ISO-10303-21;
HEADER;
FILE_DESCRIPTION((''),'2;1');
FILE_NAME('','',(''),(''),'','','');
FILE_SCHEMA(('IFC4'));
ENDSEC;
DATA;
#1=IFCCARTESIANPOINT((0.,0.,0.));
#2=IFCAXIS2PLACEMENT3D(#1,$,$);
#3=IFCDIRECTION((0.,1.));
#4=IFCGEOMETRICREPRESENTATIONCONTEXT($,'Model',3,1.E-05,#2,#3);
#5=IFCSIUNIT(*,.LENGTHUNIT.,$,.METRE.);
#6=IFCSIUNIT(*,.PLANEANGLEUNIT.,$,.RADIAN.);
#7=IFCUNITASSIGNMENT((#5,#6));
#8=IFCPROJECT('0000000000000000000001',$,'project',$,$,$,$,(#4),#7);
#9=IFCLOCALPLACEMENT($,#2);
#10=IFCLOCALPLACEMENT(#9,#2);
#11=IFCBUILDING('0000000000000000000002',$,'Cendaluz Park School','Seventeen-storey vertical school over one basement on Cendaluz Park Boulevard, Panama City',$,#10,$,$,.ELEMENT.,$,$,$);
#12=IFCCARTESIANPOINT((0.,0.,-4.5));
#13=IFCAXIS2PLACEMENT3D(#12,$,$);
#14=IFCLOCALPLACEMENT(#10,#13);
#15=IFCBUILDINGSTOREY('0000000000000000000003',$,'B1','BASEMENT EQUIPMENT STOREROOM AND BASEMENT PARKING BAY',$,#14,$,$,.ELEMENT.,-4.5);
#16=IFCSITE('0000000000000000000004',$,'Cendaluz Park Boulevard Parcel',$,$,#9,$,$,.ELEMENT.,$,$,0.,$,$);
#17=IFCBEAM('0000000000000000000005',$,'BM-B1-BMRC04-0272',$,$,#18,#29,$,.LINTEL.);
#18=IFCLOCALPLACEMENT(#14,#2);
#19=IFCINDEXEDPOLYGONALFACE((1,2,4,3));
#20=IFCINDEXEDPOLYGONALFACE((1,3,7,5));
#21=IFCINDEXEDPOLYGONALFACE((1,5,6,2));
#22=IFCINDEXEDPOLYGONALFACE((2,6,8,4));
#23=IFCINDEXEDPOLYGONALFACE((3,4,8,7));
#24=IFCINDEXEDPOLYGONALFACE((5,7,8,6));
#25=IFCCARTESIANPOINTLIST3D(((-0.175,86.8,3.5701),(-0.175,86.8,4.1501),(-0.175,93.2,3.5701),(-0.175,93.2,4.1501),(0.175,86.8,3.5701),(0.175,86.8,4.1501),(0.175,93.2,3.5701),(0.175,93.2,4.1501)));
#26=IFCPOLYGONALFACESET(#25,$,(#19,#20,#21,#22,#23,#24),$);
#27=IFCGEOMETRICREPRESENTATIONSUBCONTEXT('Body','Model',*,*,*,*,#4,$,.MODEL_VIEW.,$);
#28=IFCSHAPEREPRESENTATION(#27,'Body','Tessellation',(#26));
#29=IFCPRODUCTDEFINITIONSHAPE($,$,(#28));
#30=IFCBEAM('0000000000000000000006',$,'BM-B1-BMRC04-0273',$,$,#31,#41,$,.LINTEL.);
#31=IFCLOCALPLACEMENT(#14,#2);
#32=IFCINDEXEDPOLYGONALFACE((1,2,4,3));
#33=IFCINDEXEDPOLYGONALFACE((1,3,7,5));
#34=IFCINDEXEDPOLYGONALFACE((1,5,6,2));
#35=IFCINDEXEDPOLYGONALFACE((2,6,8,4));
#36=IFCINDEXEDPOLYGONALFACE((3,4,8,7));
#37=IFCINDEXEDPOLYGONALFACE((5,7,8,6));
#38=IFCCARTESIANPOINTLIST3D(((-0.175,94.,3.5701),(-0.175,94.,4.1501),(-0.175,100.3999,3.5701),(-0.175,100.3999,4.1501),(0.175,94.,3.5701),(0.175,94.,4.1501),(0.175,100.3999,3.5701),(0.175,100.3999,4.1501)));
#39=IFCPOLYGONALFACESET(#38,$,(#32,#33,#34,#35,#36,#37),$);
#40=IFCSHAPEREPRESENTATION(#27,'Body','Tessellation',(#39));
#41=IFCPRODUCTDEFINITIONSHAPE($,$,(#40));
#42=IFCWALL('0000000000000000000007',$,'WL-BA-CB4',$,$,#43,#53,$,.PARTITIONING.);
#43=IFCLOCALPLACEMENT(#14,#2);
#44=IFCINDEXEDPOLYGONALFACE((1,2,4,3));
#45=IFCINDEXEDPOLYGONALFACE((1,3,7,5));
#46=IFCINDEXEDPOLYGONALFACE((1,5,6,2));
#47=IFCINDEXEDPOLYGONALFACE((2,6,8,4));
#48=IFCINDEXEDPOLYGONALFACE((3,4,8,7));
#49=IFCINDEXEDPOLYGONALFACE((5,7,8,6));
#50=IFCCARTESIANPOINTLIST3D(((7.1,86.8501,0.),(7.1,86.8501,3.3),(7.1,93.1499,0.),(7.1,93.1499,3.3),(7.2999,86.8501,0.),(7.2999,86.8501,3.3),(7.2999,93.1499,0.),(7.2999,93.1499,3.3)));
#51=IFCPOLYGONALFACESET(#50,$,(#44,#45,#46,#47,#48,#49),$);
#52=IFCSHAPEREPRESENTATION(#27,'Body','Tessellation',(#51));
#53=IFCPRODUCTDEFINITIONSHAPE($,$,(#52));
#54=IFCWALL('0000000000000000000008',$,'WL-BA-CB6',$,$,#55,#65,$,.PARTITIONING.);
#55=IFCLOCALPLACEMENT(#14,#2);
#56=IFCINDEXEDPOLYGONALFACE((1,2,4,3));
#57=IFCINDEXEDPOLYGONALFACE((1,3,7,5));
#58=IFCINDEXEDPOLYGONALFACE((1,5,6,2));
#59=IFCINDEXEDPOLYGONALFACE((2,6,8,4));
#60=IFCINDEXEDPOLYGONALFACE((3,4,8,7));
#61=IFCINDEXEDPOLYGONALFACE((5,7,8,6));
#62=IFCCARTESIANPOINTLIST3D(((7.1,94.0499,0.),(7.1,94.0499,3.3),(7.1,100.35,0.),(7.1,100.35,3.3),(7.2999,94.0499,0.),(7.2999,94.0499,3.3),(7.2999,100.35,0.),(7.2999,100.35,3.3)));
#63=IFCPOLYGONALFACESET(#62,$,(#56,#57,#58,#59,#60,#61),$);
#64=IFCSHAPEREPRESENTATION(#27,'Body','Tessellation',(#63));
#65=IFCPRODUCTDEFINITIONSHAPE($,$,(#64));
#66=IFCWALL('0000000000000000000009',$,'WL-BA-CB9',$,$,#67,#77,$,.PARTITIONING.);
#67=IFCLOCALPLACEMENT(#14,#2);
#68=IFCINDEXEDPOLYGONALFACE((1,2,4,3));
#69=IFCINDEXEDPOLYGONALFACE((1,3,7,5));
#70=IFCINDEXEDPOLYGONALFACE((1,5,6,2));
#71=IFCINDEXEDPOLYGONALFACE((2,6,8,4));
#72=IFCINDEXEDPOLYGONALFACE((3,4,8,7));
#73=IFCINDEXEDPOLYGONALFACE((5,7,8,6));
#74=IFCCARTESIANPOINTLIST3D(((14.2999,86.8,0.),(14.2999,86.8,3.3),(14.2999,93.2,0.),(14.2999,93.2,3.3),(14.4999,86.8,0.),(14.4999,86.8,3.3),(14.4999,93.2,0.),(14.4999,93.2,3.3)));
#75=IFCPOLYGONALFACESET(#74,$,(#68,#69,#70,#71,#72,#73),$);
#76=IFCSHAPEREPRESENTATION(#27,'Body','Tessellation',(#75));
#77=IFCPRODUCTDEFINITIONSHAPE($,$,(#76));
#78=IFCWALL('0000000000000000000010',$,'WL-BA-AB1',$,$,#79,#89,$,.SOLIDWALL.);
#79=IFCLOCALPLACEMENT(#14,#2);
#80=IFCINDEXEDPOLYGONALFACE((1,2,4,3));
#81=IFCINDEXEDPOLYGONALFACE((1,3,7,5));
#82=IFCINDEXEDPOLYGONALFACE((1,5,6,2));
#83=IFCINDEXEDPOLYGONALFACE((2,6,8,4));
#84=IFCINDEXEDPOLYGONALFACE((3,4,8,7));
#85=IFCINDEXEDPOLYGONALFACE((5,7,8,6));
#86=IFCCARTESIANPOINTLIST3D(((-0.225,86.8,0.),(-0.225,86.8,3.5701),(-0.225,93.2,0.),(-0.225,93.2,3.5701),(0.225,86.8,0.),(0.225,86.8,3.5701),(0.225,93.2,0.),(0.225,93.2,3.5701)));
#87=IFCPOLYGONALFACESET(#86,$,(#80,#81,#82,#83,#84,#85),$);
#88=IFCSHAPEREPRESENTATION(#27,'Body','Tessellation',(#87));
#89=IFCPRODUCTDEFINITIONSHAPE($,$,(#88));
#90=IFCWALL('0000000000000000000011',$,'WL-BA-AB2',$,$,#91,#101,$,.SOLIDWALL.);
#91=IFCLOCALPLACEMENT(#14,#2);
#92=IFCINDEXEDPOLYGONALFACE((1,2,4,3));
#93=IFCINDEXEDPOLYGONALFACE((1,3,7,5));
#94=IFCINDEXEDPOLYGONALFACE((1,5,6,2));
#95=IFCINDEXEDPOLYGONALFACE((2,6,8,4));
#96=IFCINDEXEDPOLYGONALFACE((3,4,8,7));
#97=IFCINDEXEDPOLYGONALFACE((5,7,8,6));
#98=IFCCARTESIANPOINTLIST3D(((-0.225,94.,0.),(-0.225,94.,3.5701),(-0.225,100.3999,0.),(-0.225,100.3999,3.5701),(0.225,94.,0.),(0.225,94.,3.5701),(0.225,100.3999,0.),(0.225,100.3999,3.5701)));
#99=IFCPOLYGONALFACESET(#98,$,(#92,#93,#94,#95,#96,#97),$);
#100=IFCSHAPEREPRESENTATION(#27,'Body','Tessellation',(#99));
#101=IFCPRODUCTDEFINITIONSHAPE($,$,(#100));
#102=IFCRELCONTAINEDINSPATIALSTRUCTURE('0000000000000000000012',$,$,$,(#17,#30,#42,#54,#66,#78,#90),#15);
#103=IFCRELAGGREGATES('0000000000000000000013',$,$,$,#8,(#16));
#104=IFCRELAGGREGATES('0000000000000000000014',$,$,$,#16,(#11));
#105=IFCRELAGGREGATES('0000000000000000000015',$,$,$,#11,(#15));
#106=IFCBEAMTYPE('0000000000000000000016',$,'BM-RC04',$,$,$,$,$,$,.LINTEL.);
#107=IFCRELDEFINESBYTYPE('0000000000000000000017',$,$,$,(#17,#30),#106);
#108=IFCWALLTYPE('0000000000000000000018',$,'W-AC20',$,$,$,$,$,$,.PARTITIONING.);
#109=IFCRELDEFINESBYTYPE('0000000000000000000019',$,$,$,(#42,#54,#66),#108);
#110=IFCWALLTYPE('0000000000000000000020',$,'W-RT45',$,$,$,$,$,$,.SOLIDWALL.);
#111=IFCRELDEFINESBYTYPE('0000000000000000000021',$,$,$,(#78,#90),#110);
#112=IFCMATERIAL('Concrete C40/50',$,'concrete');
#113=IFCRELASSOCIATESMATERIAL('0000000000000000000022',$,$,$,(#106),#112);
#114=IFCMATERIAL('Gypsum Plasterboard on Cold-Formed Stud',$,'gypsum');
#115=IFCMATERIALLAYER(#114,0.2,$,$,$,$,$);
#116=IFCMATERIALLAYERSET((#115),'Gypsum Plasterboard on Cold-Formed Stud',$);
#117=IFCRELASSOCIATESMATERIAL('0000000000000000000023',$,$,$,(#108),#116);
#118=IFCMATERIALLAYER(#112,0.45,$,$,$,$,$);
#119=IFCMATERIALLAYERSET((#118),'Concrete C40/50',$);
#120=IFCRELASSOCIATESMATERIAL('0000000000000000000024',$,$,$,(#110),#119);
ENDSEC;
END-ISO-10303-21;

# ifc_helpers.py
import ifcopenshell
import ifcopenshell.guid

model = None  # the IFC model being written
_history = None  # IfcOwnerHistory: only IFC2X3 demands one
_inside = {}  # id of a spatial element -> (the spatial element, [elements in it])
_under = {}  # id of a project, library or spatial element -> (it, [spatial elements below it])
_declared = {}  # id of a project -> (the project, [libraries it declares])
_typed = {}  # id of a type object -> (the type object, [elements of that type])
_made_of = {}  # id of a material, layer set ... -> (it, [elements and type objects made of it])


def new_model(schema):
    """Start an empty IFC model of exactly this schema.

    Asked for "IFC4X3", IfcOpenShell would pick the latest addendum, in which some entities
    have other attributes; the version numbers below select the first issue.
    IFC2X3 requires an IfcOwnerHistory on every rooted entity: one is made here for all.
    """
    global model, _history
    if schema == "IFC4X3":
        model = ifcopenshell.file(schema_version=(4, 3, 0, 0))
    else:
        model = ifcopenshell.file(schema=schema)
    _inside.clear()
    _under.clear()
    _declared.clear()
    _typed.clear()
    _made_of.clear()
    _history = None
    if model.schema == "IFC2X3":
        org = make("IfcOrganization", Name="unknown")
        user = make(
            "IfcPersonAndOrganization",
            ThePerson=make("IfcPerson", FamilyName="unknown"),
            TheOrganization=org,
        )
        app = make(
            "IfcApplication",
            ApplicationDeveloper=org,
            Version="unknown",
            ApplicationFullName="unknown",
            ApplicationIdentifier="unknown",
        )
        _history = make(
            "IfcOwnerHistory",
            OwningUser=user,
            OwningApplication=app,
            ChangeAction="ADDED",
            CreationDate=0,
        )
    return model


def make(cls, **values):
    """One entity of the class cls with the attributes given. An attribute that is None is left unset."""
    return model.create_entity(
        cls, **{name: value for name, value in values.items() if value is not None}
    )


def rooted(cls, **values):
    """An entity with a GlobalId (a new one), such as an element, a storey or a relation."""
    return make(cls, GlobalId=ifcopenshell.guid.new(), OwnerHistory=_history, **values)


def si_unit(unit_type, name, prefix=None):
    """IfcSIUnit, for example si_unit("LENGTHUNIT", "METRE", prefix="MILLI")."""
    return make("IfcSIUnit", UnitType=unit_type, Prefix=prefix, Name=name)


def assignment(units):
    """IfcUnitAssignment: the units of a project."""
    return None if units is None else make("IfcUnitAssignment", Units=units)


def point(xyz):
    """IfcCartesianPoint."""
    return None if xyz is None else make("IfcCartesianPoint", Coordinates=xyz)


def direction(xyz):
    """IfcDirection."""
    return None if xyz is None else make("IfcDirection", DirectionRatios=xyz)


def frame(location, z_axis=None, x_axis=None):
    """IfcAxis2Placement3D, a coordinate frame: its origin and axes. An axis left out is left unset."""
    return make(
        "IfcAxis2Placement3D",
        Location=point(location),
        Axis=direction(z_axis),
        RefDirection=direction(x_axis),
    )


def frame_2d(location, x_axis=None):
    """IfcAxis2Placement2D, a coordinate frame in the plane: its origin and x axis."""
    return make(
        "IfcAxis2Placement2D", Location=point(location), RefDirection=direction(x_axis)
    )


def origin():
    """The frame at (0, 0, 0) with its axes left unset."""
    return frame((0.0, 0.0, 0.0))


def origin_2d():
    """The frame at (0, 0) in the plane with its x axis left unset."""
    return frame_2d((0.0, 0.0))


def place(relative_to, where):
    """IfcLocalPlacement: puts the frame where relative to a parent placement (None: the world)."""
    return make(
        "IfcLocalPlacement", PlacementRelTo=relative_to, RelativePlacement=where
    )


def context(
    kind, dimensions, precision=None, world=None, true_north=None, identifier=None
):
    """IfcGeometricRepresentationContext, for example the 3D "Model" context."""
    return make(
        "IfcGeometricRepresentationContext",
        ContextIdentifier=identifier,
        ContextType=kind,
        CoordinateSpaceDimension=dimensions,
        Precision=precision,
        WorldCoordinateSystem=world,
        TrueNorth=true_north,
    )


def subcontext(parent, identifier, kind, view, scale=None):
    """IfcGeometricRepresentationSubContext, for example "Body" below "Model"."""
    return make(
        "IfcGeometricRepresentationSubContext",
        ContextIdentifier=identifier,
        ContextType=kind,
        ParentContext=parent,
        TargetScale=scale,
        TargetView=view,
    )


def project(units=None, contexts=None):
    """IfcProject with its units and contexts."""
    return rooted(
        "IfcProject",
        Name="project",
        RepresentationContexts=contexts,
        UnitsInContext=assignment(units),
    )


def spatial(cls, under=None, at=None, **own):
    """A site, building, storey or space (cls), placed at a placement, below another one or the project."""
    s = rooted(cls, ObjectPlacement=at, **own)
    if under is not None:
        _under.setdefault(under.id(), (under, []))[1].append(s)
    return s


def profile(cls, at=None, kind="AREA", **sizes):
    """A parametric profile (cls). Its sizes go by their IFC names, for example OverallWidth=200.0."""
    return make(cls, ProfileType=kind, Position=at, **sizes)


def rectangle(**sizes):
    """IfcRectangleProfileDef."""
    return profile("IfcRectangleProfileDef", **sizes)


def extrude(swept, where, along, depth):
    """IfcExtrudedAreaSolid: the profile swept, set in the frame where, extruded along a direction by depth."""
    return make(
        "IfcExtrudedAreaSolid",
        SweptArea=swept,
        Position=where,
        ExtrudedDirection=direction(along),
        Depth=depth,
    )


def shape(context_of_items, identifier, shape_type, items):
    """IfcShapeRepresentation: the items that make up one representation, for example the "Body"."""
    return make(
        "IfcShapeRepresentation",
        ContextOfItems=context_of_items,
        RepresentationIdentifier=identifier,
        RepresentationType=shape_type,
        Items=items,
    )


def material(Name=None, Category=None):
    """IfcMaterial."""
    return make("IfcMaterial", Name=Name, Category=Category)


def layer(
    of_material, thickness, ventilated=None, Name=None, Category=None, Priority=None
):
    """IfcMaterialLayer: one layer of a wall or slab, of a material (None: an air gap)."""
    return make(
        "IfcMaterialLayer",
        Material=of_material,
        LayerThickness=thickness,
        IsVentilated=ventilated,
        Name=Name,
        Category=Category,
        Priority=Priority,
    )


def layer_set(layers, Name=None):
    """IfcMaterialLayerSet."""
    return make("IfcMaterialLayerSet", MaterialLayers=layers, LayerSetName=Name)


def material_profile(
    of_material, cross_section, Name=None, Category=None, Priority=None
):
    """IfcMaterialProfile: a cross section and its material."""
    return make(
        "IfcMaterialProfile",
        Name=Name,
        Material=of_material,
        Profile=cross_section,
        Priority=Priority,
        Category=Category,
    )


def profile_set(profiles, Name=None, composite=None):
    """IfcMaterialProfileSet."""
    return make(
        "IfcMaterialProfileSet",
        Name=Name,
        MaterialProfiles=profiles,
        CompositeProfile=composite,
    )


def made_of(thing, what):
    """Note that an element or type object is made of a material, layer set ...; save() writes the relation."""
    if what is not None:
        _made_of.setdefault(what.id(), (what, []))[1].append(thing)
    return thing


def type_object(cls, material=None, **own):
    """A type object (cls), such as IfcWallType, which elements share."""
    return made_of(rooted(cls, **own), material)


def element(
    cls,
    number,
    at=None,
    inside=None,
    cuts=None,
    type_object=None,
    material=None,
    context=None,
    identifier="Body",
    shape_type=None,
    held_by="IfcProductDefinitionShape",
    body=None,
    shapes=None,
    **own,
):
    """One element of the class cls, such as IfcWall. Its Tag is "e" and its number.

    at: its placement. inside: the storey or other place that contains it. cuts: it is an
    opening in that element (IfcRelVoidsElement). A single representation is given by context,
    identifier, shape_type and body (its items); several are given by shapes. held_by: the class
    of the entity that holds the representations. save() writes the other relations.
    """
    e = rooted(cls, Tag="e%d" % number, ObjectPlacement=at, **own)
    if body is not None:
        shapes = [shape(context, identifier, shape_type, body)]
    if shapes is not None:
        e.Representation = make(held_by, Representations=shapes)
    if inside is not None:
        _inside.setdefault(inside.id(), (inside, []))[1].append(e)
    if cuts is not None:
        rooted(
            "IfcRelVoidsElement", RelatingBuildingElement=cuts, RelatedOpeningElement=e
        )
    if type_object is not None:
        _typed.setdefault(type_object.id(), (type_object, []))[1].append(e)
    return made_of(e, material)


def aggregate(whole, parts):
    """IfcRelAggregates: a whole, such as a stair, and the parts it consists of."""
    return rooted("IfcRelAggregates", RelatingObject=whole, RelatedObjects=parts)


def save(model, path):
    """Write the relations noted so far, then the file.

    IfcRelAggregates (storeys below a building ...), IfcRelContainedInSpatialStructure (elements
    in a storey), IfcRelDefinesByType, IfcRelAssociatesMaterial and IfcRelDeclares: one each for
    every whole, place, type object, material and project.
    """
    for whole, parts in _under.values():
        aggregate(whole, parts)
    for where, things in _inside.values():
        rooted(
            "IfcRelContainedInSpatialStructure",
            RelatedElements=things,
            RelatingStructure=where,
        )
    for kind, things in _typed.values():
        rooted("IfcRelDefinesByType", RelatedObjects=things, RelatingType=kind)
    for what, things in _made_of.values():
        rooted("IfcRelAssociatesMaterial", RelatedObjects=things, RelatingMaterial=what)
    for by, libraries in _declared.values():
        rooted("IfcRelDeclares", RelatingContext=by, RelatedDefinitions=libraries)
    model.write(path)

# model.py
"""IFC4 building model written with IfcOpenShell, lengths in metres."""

from ifc_helpers import new_model, si_unit, direction, frame, frame_2d, origin, origin_2d, place, context, subcontext, project, spatial, rectangle, extrude, material, layer, layer_set, material_profile, profile_set, type_object, element, save


model = new_model("IFC4")

# Units and contexts
model_context = context("Model", 3, precision=1e-05, world=origin(), true_north=direction((0.0, 1.0)))
body_context = subcontext(model_context, "Body", "Model", "MODEL_VIEW")
ifc_project = project(units=[si_unit("LENGTHUNIT", "METRE"), si_unit("PLANEANGLEUNIT", "RADIAN")], contexts=[model_context])

# Site, building, storey
site_placement = place(None, origin())
site = spatial("IfcSite", under=ifc_project, at=site_placement, Name="Cendaluz Park Boulevard Parcel", CompositionType="ELEMENT", RefElevation=0.0)
building_placement = place(site_placement, origin())
building = spatial("IfcBuilding", under=site, at=building_placement, Name="Cendaluz Park School", Description="Seventeen-storey vertical school over one basement on Cendaluz Park Boulevard, Panama City", CompositionType="ELEMENT")
storey_placement = place(building_placement, frame((0.0, 0.0, -4.5)))
storey = spatial("IfcBuildingStorey", under=building, at=storey_placement, Name="B1", Description="BASEMENT EQUIPMENT STOREROOM AND BASEMENT PARKING BAY", CompositionType="ELEMENT", Elevation=-4.5)

# Shared definitions
ifc_material_1 = material(Name="Concrete C40/50", Category="concrete")

# Beams
ifc_material_profile_1 = material_profile(ifc_material_1, rectangle(XDim=0.3501, YDim=0.5801, at=origin_2d()), Name="RC 350x580", Category="concrete")
ifc_profile_set_1 = profile_set([ifc_material_profile_1], Name="Concrete C40/50")
beam_type_1 = type_object("IfcBeamType", Name="BM-RC04", PredefinedType="LINTEL", material=ifc_profile_set_1)
for number, where, z_axis, x_axis, name in (
    (1, (0.0, 86.8, 3.8601), (0.0, 1.0, 0.0), (-1.0, 0.0, 0.0), "BM-B1-BMRC04-0272"),
    (2, (0.0, 94.0, 3.8601), (0.0, 1.0, 0.0), (-1.0, 0.0, 0.0), "BM-B1-BMRC04-0273"),
):
    element("IfcBeam", number, at=place(storey_placement, frame(where, z_axis=z_axis, x_axis=x_axis)), inside=storey, type_object=beam_type_1, Name=name, PredefinedType="LINTEL", context=body_context, shape_type="SweptSolid", body=[
        extrude(rectangle(XDim=0.3501, YDim=0.5801, at=origin_2d()), origin(), (0.0, 0.0, 1.0), 6.3999),
    ])

# Walls
ifc_material_2 = material(Name="Gypsum Plasterboard on Cold-Formed Stud", Category="gypsum")
ifc_layer_1 = layer(ifc_material_2, 0.2)
ifc_layer_set_1 = layer_set([ifc_layer_1], Name="Gypsum Plasterboard on Cold-Formed Stud")
wall_type_1 = type_object("IfcWallType", Name="W-AC20", PredefinedType="PARTITIONING", material=ifc_layer_set_1)
wall_1_placement = place(storey_placement, frame((7.2, 86.8501, 0.0), z_axis=(0.0, 0.0, 1.0), x_axis=(0.0, 1.0, 0.0)))
element("IfcWall", 3, at=wall_1_placement, inside=storey, type_object=wall_type_1, Name="WL-BA-CB4", PredefinedType="PARTITIONING", context=body_context, shape_type="SweptSolid", body=[
    extrude(rectangle(XDim=6.2998, YDim=0.2, at=frame_2d((3.1499, 0.0))), origin(), (0.0, 0.0, 1.0), 3.3),
])
wall_2_placement = place(storey_placement, frame((7.2, 94.05, 0.0), z_axis=(0.0, 0.0, 1.0), x_axis=(0.0, 1.0, 0.0)))
element("IfcWall", 4, at=wall_2_placement, inside=storey, type_object=wall_type_1, Name="WL-BA-CB6", PredefinedType="PARTITIONING", context=body_context, shape_type="SweptSolid", body=[
    extrude(rectangle(XDim=6.3, YDim=0.2, at=frame_2d((3.1499, 0.0))), origin(), (0.0, 0.0, 1.0), 3.3),
])
wall_3_placement = place(storey_placement, frame((14.3999, 86.8, 0.0), z_axis=(0.0, 0.0, 1.0), x_axis=(0.0, 1.0, 0.0)))
element("IfcWall", 5, at=wall_3_placement, inside=storey, type_object=wall_type_1, Name="WL-BA-CB9", PredefinedType="PARTITIONING", context=body_context, shape_type="SweptSolid", body=[
    extrude(rectangle(XDim=6.3999, YDim=0.2, at=frame_2d((3.2, 0.0))), origin(), (0.0, 0.0, 1.0), 3.3),
])
ifc_layer_2 = layer(ifc_material_1, 0.45)
ifc_layer_set_2 = layer_set([ifc_layer_2], Name="Concrete C40/50")
wall_type_2 = type_object("IfcWallType", Name="W-RT45", PredefinedType="SOLIDWALL", material=ifc_layer_set_2)
for number, where, z_axis, x_axis, name in (
    (6, (0.0, 86.8, 0.0), (0.0, 0.0, 1.0), (0.0, 1.0, 0.0), "WL-BA-AB1"),
    (7, (0.0, 94.0, 0.0), (0.0, 0.0, 1.0), (0.0, 1.0, 0.0), "WL-BA-AB2"),
):
    element("IfcWall", number, at=place(storey_placement, frame(where, z_axis=z_axis, x_axis=x_axis)), inside=storey, type_object=wall_type_2, Name=name, PredefinedType="SOLIDWALL", context=body_context, shape_type="SweptSolid", body=[
        extrude(rectangle(XDim=6.3999, YDim=0.45, at=frame_2d((3.2, 0.0))), origin(), (0.0, 0.0, 1.0), 3.5701),
    ])

save(model, "model.ifc")
